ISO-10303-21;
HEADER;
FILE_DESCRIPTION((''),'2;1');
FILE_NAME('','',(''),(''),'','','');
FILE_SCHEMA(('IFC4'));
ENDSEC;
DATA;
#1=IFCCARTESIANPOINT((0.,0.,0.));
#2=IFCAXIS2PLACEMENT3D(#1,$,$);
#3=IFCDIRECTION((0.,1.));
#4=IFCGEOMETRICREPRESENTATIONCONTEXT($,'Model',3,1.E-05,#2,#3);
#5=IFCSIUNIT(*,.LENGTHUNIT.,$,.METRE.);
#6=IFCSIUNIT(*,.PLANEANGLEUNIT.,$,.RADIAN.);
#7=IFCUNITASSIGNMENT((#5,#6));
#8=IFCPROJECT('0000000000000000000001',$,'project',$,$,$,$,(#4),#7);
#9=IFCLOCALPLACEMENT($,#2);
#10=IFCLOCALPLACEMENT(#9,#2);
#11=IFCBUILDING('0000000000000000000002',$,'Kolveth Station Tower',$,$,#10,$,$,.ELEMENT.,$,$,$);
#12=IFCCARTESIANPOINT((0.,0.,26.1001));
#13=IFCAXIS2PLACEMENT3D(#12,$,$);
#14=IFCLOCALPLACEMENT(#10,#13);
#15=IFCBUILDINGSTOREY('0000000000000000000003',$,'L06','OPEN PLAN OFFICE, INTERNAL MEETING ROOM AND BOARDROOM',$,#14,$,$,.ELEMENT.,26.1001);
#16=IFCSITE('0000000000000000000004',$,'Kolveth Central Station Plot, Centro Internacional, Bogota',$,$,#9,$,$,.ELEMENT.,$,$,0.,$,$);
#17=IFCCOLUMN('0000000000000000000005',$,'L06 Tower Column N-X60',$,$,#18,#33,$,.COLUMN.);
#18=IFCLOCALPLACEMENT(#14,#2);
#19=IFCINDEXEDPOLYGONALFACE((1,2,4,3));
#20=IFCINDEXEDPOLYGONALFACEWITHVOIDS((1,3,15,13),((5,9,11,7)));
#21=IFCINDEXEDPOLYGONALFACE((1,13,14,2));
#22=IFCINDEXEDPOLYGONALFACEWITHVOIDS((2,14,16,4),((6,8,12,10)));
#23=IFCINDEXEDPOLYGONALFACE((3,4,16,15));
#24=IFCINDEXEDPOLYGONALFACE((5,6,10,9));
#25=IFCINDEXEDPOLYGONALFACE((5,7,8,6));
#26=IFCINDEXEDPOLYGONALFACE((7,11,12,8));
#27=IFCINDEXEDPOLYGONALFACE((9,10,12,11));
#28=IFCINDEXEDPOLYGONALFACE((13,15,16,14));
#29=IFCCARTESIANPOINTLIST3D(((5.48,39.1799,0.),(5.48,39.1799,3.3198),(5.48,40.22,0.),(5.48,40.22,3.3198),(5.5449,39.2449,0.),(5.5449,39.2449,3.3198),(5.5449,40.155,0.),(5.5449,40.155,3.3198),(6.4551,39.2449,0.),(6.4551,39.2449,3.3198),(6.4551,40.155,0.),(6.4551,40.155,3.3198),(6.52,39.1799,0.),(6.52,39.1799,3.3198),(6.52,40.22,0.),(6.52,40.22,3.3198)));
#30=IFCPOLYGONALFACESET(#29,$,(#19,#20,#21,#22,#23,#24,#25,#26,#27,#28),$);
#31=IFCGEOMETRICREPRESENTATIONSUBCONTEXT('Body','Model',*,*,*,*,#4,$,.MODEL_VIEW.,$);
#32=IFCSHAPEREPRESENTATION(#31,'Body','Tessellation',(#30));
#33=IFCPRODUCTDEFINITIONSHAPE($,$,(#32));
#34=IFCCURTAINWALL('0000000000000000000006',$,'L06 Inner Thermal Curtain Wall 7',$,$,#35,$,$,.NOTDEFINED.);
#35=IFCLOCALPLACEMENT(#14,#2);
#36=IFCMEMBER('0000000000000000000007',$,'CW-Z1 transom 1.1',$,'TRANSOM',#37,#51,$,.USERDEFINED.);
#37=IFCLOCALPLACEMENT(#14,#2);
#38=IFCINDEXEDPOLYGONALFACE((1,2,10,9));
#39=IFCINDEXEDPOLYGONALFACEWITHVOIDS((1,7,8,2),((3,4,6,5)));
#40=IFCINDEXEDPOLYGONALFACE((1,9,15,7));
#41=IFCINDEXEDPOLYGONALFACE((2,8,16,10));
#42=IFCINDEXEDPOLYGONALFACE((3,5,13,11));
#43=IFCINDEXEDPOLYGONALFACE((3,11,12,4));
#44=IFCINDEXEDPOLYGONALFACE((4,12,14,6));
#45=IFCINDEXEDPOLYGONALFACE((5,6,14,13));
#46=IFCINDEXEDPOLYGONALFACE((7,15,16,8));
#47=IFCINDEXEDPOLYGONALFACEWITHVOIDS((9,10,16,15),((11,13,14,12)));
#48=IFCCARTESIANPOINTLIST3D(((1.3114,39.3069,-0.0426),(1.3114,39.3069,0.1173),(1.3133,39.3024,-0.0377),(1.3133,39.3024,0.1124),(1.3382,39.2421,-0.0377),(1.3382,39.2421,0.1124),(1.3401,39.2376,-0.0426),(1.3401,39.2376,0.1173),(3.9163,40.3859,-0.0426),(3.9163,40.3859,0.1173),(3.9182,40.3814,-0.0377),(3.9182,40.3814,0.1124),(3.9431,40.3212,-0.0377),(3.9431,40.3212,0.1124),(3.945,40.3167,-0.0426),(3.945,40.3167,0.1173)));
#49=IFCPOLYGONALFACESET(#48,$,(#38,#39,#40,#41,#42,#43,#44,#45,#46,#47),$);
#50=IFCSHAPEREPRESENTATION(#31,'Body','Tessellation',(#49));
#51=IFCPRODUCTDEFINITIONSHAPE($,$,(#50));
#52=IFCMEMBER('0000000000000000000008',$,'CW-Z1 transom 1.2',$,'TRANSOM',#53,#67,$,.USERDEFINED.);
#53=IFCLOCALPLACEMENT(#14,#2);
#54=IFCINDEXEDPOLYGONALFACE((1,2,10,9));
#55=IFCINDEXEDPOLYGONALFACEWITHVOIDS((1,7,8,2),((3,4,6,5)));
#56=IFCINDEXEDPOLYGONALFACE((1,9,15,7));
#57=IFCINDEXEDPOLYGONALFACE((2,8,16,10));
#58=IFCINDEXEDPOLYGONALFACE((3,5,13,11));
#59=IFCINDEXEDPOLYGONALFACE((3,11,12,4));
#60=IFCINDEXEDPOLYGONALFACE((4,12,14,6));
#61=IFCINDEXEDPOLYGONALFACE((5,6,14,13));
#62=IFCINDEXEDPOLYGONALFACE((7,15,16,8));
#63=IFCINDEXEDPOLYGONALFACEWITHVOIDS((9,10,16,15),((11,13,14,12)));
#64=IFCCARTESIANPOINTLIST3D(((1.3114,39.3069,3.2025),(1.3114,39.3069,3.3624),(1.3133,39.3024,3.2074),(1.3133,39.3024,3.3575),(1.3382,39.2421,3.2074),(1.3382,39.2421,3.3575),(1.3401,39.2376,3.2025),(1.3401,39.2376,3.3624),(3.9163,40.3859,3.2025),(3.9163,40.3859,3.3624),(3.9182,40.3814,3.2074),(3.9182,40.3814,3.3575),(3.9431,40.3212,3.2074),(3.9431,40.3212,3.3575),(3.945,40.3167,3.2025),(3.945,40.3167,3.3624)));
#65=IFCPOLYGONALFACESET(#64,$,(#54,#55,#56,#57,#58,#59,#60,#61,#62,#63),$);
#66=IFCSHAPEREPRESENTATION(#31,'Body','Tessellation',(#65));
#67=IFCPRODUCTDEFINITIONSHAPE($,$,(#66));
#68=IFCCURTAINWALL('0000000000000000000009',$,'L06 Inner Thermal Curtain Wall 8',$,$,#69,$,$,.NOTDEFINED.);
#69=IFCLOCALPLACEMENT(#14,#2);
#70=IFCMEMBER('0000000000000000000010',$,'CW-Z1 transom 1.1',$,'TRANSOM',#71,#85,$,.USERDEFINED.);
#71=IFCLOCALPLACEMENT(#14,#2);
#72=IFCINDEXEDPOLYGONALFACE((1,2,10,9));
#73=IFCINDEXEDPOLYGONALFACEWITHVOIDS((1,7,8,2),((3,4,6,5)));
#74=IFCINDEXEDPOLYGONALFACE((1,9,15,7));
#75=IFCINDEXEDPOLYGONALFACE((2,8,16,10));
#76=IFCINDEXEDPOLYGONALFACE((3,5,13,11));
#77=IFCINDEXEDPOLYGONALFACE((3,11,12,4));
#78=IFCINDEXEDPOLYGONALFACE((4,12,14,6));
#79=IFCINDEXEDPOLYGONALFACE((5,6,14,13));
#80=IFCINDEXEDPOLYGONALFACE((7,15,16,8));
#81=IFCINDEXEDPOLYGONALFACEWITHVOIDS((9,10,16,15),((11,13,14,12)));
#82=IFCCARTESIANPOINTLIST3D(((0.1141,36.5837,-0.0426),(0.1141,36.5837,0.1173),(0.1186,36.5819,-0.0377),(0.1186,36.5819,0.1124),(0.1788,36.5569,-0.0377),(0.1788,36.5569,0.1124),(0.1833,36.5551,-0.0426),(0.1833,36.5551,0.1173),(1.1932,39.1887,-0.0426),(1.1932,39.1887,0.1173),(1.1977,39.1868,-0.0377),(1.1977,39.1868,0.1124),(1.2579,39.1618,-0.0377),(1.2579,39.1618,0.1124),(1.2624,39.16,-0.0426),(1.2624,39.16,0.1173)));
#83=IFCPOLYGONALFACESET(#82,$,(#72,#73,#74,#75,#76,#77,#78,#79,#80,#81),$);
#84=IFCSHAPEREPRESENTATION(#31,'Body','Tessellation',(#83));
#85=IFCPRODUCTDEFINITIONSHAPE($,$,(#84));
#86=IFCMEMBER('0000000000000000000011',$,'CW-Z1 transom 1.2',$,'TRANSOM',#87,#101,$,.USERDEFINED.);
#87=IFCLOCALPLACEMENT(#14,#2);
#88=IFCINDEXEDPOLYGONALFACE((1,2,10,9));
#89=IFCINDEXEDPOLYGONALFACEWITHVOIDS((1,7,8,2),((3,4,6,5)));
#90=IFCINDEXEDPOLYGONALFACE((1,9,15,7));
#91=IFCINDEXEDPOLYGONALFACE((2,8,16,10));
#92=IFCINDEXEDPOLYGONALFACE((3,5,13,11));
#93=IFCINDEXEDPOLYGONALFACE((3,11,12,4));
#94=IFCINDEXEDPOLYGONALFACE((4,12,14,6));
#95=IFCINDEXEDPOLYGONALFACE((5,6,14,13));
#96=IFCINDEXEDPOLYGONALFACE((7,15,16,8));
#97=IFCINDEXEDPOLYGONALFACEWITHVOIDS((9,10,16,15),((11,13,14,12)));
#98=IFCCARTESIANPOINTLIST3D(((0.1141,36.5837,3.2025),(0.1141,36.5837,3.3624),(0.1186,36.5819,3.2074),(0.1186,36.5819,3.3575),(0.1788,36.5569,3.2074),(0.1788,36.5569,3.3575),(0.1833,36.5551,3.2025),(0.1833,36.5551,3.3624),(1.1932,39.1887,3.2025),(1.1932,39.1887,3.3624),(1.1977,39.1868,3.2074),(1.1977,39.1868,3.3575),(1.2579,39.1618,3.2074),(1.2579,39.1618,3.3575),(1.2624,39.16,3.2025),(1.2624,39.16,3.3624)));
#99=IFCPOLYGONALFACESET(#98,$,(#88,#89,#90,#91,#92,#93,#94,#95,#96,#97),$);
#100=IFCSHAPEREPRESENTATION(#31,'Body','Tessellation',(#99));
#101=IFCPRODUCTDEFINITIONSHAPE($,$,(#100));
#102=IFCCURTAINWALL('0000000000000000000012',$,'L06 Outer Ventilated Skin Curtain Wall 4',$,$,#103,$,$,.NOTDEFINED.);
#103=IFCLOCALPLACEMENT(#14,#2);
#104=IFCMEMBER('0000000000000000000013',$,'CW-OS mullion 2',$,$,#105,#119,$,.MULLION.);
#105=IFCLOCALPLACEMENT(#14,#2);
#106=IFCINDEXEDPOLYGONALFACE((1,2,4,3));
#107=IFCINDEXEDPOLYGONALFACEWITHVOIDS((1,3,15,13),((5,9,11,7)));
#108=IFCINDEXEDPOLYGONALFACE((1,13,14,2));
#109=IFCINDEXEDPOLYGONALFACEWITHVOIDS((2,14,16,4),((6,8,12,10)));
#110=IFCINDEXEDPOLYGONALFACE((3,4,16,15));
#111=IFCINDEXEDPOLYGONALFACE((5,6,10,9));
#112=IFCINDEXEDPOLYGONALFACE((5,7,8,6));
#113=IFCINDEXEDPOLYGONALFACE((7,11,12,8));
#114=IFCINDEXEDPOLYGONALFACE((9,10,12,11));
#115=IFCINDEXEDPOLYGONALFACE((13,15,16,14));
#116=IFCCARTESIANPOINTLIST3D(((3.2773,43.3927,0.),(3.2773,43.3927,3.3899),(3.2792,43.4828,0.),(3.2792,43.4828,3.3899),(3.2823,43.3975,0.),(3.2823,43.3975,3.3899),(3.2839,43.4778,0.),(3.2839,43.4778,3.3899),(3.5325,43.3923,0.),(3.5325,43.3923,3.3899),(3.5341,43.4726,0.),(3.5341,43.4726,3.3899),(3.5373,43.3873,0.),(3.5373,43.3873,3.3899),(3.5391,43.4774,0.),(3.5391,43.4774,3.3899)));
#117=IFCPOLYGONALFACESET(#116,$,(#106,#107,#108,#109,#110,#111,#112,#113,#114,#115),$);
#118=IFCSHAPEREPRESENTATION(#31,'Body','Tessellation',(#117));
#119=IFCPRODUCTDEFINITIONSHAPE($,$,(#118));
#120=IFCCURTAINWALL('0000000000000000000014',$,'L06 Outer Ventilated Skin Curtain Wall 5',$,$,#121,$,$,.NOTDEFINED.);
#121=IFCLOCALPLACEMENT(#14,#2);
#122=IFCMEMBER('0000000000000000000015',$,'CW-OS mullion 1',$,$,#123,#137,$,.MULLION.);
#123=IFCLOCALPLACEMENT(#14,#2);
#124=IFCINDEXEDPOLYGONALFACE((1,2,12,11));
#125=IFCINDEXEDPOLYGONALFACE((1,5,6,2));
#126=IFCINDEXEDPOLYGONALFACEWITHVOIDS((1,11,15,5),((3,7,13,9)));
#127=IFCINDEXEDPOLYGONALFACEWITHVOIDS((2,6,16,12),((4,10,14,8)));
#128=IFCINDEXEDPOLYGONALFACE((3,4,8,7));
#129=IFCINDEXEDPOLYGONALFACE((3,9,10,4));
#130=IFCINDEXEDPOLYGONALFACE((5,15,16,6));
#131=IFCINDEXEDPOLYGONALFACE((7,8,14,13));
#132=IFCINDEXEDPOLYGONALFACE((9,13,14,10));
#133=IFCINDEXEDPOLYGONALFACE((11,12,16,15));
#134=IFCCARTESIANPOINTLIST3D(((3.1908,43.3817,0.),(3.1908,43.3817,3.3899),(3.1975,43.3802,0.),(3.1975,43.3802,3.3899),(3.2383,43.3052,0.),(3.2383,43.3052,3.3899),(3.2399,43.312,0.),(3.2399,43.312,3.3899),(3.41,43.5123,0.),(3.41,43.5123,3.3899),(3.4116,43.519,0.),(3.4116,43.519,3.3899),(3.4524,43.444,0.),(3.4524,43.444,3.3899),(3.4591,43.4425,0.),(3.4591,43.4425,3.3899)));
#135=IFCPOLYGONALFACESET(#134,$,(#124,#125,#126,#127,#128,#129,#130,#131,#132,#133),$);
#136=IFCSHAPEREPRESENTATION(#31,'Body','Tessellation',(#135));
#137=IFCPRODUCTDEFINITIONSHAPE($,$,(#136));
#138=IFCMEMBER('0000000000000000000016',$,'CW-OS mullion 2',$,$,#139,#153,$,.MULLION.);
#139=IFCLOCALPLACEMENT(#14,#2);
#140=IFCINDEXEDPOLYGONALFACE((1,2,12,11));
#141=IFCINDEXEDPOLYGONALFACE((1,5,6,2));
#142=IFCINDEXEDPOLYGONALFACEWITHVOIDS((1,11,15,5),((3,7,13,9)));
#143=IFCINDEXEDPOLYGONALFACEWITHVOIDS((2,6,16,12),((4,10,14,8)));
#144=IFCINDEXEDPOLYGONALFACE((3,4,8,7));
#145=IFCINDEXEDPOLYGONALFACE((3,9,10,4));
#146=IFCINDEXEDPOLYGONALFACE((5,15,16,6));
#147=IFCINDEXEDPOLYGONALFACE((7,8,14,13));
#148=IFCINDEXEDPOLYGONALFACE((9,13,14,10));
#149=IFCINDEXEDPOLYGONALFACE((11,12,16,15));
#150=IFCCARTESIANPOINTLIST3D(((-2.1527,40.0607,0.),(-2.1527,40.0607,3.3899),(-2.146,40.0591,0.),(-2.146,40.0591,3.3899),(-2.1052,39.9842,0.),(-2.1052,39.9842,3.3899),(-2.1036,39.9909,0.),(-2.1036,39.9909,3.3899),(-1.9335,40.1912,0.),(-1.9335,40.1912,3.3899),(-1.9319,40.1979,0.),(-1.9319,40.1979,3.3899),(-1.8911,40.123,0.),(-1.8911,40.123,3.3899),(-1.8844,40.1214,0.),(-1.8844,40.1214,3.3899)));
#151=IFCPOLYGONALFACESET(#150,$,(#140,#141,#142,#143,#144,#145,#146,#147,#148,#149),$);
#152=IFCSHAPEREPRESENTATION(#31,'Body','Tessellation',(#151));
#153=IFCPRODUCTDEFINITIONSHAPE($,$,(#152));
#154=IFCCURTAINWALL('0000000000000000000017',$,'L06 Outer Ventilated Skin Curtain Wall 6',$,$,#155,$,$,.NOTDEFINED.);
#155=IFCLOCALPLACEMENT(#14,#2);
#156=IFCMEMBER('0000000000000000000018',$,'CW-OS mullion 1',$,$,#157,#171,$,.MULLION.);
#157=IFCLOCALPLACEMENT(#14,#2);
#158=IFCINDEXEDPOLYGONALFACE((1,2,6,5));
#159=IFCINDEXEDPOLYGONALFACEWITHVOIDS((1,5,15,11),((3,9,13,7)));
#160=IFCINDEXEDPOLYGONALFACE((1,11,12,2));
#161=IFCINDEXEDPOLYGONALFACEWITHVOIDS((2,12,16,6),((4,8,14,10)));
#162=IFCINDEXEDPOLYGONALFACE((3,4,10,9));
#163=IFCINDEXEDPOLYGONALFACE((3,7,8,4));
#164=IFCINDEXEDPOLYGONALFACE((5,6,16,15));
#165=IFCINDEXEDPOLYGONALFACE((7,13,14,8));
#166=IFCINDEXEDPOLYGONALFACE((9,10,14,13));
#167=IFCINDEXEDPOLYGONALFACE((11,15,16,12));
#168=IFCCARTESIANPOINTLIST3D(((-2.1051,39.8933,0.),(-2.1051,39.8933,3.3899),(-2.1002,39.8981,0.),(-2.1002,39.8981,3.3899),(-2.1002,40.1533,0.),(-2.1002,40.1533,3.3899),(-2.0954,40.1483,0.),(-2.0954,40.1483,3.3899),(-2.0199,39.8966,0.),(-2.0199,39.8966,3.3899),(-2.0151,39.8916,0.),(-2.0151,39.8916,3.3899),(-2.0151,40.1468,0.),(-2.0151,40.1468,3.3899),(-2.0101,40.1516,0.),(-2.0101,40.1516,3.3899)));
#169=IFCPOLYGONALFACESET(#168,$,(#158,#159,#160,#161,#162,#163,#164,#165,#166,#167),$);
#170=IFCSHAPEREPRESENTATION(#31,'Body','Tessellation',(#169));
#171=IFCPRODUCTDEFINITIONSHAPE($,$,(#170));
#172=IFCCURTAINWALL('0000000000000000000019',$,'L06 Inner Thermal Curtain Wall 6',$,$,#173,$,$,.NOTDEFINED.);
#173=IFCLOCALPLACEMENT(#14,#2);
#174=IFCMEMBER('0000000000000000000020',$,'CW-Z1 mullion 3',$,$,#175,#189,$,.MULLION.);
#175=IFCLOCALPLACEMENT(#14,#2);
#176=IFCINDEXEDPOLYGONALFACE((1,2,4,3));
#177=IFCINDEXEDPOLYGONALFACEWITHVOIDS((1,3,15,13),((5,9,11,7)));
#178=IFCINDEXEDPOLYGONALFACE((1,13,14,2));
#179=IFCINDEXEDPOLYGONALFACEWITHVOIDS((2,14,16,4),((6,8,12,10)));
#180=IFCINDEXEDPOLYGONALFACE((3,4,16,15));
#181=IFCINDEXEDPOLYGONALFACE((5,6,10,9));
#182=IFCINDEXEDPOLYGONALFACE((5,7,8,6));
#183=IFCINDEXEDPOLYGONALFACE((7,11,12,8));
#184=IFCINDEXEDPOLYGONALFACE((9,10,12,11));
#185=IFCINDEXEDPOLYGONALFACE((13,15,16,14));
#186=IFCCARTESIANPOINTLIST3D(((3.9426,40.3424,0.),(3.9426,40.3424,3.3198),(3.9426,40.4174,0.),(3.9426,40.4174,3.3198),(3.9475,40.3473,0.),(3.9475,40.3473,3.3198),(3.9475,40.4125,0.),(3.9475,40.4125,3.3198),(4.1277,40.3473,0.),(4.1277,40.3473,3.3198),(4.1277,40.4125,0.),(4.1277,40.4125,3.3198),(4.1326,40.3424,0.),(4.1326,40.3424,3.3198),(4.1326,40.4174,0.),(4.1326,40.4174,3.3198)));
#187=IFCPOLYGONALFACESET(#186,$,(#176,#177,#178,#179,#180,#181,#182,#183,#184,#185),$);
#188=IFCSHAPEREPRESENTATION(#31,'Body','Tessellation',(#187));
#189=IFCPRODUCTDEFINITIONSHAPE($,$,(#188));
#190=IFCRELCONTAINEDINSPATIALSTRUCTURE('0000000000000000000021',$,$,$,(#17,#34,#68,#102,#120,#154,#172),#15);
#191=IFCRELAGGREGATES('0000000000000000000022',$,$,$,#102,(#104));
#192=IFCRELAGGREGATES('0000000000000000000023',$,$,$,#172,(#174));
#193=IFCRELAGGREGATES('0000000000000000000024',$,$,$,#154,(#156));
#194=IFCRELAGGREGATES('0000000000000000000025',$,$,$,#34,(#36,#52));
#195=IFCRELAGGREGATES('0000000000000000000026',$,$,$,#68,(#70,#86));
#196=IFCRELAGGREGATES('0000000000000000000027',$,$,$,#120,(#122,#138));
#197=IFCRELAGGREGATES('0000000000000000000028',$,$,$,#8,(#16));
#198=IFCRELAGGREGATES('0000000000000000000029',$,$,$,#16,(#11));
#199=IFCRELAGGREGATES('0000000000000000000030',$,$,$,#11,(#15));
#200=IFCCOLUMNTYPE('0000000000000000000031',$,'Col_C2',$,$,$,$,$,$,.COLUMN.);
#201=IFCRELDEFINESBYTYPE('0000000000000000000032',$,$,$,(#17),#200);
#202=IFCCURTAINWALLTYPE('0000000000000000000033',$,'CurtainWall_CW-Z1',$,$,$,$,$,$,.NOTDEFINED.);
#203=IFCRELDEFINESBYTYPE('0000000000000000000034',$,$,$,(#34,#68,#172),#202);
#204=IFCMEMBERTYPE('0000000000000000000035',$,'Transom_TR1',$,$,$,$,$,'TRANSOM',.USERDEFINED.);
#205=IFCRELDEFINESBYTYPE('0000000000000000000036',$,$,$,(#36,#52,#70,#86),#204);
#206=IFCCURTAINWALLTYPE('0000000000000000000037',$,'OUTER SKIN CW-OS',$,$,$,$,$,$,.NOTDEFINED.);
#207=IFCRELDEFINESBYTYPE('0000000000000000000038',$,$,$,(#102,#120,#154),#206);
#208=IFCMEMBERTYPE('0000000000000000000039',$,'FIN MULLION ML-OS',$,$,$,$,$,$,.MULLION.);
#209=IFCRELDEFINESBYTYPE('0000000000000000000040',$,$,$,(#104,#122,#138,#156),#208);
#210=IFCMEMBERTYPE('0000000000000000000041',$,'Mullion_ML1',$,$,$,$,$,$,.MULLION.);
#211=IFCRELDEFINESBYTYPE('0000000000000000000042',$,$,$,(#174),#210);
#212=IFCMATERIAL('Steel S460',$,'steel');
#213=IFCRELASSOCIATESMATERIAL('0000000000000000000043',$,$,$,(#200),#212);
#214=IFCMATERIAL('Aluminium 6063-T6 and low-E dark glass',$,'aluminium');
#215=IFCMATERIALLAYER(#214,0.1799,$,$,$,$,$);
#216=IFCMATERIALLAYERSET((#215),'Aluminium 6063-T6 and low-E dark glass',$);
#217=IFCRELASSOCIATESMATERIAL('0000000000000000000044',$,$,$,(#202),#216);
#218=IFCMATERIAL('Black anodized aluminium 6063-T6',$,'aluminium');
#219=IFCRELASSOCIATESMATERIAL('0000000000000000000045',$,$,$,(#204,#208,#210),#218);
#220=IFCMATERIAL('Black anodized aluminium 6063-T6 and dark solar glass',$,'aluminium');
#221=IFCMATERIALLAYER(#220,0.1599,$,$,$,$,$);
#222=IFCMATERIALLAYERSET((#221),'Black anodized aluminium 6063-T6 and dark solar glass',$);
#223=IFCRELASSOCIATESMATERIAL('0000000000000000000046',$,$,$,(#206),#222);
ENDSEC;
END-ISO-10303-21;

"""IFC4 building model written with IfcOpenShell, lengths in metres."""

from ifc_helpers import new_model, si_unit, direction, frame, origin, origin_2d, place, context, subcontext, project, spatial, hollow_rectangle, extrude, source, transform, mapped, material, layer, layer_set, material_profile, profile_set, type_object, element, aggregate, save


model = new_model("IFC4")

# Units and contexts
model_context = context("Model", 3, precision=1e-05, world=origin(), true_north=direction((0.0, 1.0)))
body_context = subcontext(model_context, "Body", "Model", "MODEL_VIEW")
ifc_project = project(units=[si_unit("LENGTHUNIT", "METRE"), si_unit("PLANEANGLEUNIT", "RADIAN")], contexts=[model_context])

# Site, building, storey
site_placement = place(None, origin())
site = spatial("IfcSite", under=ifc_project, at=site_placement, Name="Kolveth Central Station Plot, Centro Internacional, Bogota", CompositionType="ELEMENT", RefElevation=0.0)
building_placement = place(site_placement, origin())
building = spatial("IfcBuilding", under=site, at=building_placement, Name="Kolveth Station Tower", CompositionType="ELEMENT")
storey_placement = place(building_placement, frame((0.0, 0.0, 26.1001)))
storey = spatial("IfcBuildingStorey", under=building, at=storey_placement, Name="L06", Description="OPEN PLAN OFFICE, INTERNAL MEETING ROOM AND BOARDROOM", CompositionType="ELEMENT", Elevation=26.1001)

# Column
ifc_material_1 = material(Name="Steel S460", Category="steel")
ifc_material_profile_1 = material_profile(ifc_material_1, hollow_rectangle(XDim=1.04, YDim=1.04, WallThickness=0.0649, at=origin_2d()), Name="BOX1040x1040x65")
ifc_profile_set_1 = profile_set([ifc_material_profile_1], Name="Steel S460")
column_type = type_object("IfcColumnType", Name="Col_C2", PredefinedType="COLUMN", material=ifc_profile_set_1)
shared_shape_1 = source(origin(), body_context, "Body", "SweptSolid", [
    extrude(hollow_rectangle(XDim=1.04, YDim=1.04, WallThickness=0.0649, at=origin_2d()), origin(), (0.0, 0.0, 1.0), 3.3198),
])
column_placement = place(storey_placement, frame((6.0, 39.7, 0.0), z_axis=(0.0, 0.0, 1.0), x_axis=(1.0, 0.0, 0.0)))
element("IfcColumn", 1, at=column_placement, inside=storey, type_object=column_type, Name="L06 Tower Column N-X60", PredefinedType="COLUMN", context=body_context, shape_type="MappedRepresentation", body=[
    mapped(shared_shape_1, transform((0.0, 0.0, 0.0), x_axis=(1.0, 0.0, 0.0), y_axis=(0.0, 1.0, 0.0), z_axis=(0.0, 0.0, 1.0), scale=1.0)),
])

# Curtain walls, members
ifc_material_2 = material(Name="Aluminium 6063-T6 and low-E dark glass", Category="aluminium")
ifc_layer_1 = layer(ifc_material_2, 0.1799)
ifc_layer_set_1 = layer_set([ifc_layer_1], Name="Aluminium 6063-T6 and low-E dark glass")
curtain_wall_type_1 = type_object("IfcCurtainWallType", Name="CurtainWall_CW-Z1", PredefinedType="NOTDEFINED", material=ifc_layer_set_1)
curtain_wall_1_placement = place(storey_placement, origin())
curtain_wall_1 = element("IfcCurtainWall", 2, at=curtain_wall_1_placement, inside=storey, type_object=curtain_wall_type_1, Name="L06 Inner Thermal Curtain Wall 7", PredefinedType="NOTDEFINED")
ifc_material_3 = material(Name="Black anodized aluminium 6063-T6", Category="aluminium")
ifc_material_profile_2 = material_profile(ifc_material_3, hollow_rectangle(XDim=0.075, YDim=0.1599, WallThickness=0.0049, at=origin_2d()), Name="ALU-75x160x5")
ifc_profile_set_2 = profile_set([ifc_material_profile_2], Name="Black anodized aluminium 6063-T6")
member_type_1 = type_object("IfcMemberType", Name="Transom_TR1", ElementType="TRANSOM", PredefinedType="USERDEFINED", material=ifc_profile_set_2)
shared_shape_2 = source(origin(), body_context, "Body", "SweptSolid", [
    extrude(hollow_rectangle(XDim=0.075, YDim=0.1599, WallThickness=0.0049, at=origin_2d()), origin(), (0.0, 0.0, 1.0), 2.8196),
])
member_1_placement = place(storey_placement, frame((3.9307, 40.3513, 0.0374), z_axis=(-0.923869, -0.382709, 0.0), x_axis=(0.382709, -0.923869, 0.0)))
member_1 = element("IfcMember", 3, at=member_1_placement, type_object=member_type_1, Name="CW-Z1 transom 1.1", ObjectType="TRANSOM", PredefinedType="USERDEFINED", context=body_context, shape_type="MappedRepresentation", body=[
    mapped(shared_shape_2, transform((0.0, 0.0, 0.0), x_axis=(1.0, 0.0, 0.0), y_axis=(0.0, 1.0, 0.0), z_axis=(0.0, 0.0, 1.0), scale=1.0)),
])
member_2_placement = place(storey_placement, frame((3.9307, 40.3513, 3.2825), z_axis=(-0.923869, -0.382709, 0.0), x_axis=(0.382709, -0.923869, 0.0)))
member_2 = element("IfcMember", 4, at=member_2_placement, type_object=member_type_1, Name="CW-Z1 transom 1.2", ObjectType="TRANSOM", PredefinedType="USERDEFINED", context=body_context, shape_type="MappedRepresentation", body=[
    mapped(shared_shape_2, transform((0.0, 0.0, 0.0), x_axis=(1.0, 0.0, 0.0), y_axis=(0.0, 1.0, 0.0), z_axis=(0.0, 0.0, 1.0), scale=1.0)),
])
curtain_wall_2_placement = place(storey_placement, origin())
curtain_wall_2 = element("IfcCurtainWall", 5, at=curtain_wall_2_placement, inside=storey, type_object=curtain_wall_type_1, Name="L06 Inner Thermal Curtain Wall 8", PredefinedType="NOTDEFINED")
member_3_placement = place(storey_placement, frame((1.2278, 39.1743, 0.0374), z_axis=(-0.382709, -0.923869, 0.0), x_axis=(0.923869, -0.382709, 0.0)))
member_3 = element("IfcMember", 6, at=member_3_placement, type_object=member_type_1, Name="CW-Z1 transom 1.1", ObjectType="TRANSOM", PredefinedType="USERDEFINED", context=body_context, shape_type="MappedRepresentation", body=[
    mapped(shared_shape_2, transform((0.0, 0.0, 0.0), x_axis=(1.0, 0.0, 0.0), y_axis=(0.0, 1.0, 0.0), z_axis=(0.0, 0.0, 1.0), scale=1.0)),
])
member_4_placement = place(storey_placement, frame((1.2278, 39.1743, 3.2825), z_axis=(-0.382709, -0.923869, 0.0), x_axis=(0.923869, -0.382709, 0.0)))
member_4 = element("IfcMember", 7, at=member_4_placement, type_object=member_type_1, Name="CW-Z1 transom 1.2", ObjectType="TRANSOM", PredefinedType="USERDEFINED", context=body_context, shape_type="MappedRepresentation", body=[
    mapped(shared_shape_2, transform((0.0, 0.0, 0.0), x_axis=(1.0, 0.0, 0.0), y_axis=(0.0, 1.0, 0.0), z_axis=(0.0, 0.0, 1.0), scale=1.0)),
])

# Curtain wall, member
ifc_material_4 = material(Name="Black anodized aluminium 6063-T6 and dark solar glass", Category="aluminium")
ifc_layer_2 = layer(ifc_material_4, 0.1599)
ifc_layer_set_2 = layer_set([ifc_layer_2], Name="Black anodized aluminium 6063-T6 and dark solar glass")
curtain_wall_type_2 = type_object("IfcCurtainWallType", Name="OUTER SKIN CW-OS", PredefinedType="NOTDEFINED", material=ifc_layer_set_2)
curtain_wall_3_placement = place(storey_placement, origin())
curtain_wall_3 = element("IfcCurtainWall", 8, at=curtain_wall_3_placement, inside=storey, type_object=curtain_wall_type_2, Name="L06 Outer Ventilated Skin Curtain Wall 4", PredefinedType="NOTDEFINED")
ifc_material_profile_3 = material_profile(ifc_material_3, hollow_rectangle(XDim=0.0901, YDim=0.26, WallThickness=0.0049, at=origin_2d()), Name="ALU-90x260x5")
ifc_profile_set_3 = profile_set([ifc_material_profile_3], Name="Black anodized aluminium 6063-T6")
member_type_2 = type_object("IfcMemberType", Name="FIN MULLION ML-OS", PredefinedType="MULLION", material=ifc_profile_set_3)
shared_shape_3 = source(origin(), body_context, "Body", "SweptSolid", [
    extrude(hollow_rectangle(XDim=0.0901, YDim=0.26, WallThickness=0.0049, at=origin_2d()), origin(), (0.0, 0.0, 1.0), 3.3899),
])
member_5_placement = place(storey_placement, frame((3.4082, 43.4351, 0.0), z_axis=(0.0, 0.0, 1.0), x_axis=(-0.020575, -0.999788, 0.0)))
member_5 = element("IfcMember", 9, at=member_5_placement, type_object=member_type_2, Name="CW-OS mullion 2", PredefinedType="MULLION", context=body_context, shape_type="MappedRepresentation", body=[
    mapped(shared_shape_3, transform((0.0, 0.0, 0.0), x_axis=(1.0, 0.0, 0.0), y_axis=(0.0, 1.0, 0.0), z_axis=(0.0, 0.0, 1.0), scale=1.0)),
])
aggregate(curtain_wall_3, [member_5])

# Curtain wall, members
curtain_wall_4_placement = place(storey_placement, origin())
curtain_wall_4 = element("IfcCurtainWall", 10, at=curtain_wall_4_placement, inside=storey, type_object=curtain_wall_type_2, Name="L06 Outer Ventilated Skin Curtain Wall 5", PredefinedType="NOTDEFINED")
member_6_placement = place(storey_placement, frame((3.325, 43.4121, 0.0), z_axis=(0.0, 0.0, 1.0), x_axis=(0.52787, -0.849325, 0.0)))
member_6 = element("IfcMember", 11, at=member_6_placement, type_object=member_type_2, Name="CW-OS mullion 1", PredefinedType="MULLION", context=body_context, shape_type="MappedRepresentation", body=[
    mapped(shared_shape_3, transform((0.0, 0.0, 0.0), x_axis=(1.0, 0.0, 0.0), y_axis=(0.0, 1.0, 0.0), z_axis=(0.0, 0.0, 1.0), scale=1.0)),
])
member_7_placement = place(storey_placement, frame((-2.0186, 40.0911, 0.0), z_axis=(0.0, 0.0, 1.0), x_axis=(0.52787, -0.849325, 0.0)))
member_7 = element("IfcMember", 12, at=member_7_placement, type_object=member_type_2, Name="CW-OS mullion 2", PredefinedType="MULLION", context=body_context, shape_type="MappedRepresentation", body=[
    mapped(shared_shape_3, transform((0.0, 0.0, 0.0), x_axis=(1.0, 0.0, 0.0), y_axis=(0.0, 1.0, 0.0), z_axis=(0.0, 0.0, 1.0), scale=1.0)),
])

# Curtain walls, members
curtain_wall_5_placement = place(storey_placement, origin())
curtain_wall_5 = element("IfcCurtainWall", 13, at=curtain_wall_5_placement, inside=storey, type_object=curtain_wall_type_2, Name="L06 Outer Ventilated Skin Curtain Wall 6", PredefinedType="NOTDEFINED")
member_8_placement = place(storey_placement, frame((-2.0576, 40.0225, 0.0), z_axis=(0.0, 0.0, 1.0), x_axis=(0.999817, -0.01914, 0.0)))
member_8 = element("IfcMember", 14, at=member_8_placement, type_object=member_type_2, Name="CW-OS mullion 1", PredefinedType="MULLION", context=body_context, shape_type="MappedRepresentation", body=[
    mapped(shared_shape_3, transform((0.0, 0.0, 0.0), x_axis=(1.0, 0.0, 0.0), y_axis=(0.0, 1.0, 0.0), z_axis=(0.0, 0.0, 1.0), scale=1.0)),
])
curtain_wall_6_placement = place(storey_placement, origin())
curtain_wall_6 = element("IfcCurtainWall", 15, at=curtain_wall_6_placement, inside=storey, type_object=curtain_wall_type_1, Name="L06 Inner Thermal Curtain Wall 6", PredefinedType="NOTDEFINED")
ifc_material_profile_4 = material_profile(ifc_material_3, hollow_rectangle(XDim=0.075, YDim=0.1899, WallThickness=0.0049, at=origin_2d()), Name="ALU-75x190x5")
ifc_profile_set_4 = profile_set([ifc_material_profile_4], Name="Black anodized aluminium 6063-T6")
member_type_3 = type_object("IfcMemberType", Name="Mullion_ML1", PredefinedType="MULLION", material=ifc_profile_set_4)
shared_shape_4 = source(origin(), body_context, "Body", "SweptSolid", [
    extrude(hollow_rectangle(XDim=0.075, YDim=0.1899, WallThickness=0.0049, at=origin_2d()), origin(), (0.0, 0.0, 1.0), 3.3198),
])
member_9_placement = place(storey_placement, frame((4.0376, 40.3799, 0.0), z_axis=(0.0, 0.0, 1.0), x_axis=(0.0, -1.0, 0.0)))
member_9 = element("IfcMember", 16, at=member_9_placement, type_object=member_type_3, Name="CW-Z1 mullion 3", PredefinedType="MULLION", context=body_context, shape_type="MappedRepresentation", body=[
    mapped(shared_shape_4, transform((0.0, 0.0, 0.0), x_axis=(1.0, 0.0, 0.0), y_axis=(0.0, 1.0, 0.0), z_axis=(0.0, 0.0, 1.0), scale=1.0)),
])
aggregate(curtain_wall_6, [member_9])

aggregate(curtain_wall_5, [member_8])

aggregate(curtain_wall_1, [member_1, member_2])
aggregate(curtain_wall_2, [member_3, member_4])
aggregate(curtain_wall_4, [member_6, member_7])

save(model, "model.ifc")
